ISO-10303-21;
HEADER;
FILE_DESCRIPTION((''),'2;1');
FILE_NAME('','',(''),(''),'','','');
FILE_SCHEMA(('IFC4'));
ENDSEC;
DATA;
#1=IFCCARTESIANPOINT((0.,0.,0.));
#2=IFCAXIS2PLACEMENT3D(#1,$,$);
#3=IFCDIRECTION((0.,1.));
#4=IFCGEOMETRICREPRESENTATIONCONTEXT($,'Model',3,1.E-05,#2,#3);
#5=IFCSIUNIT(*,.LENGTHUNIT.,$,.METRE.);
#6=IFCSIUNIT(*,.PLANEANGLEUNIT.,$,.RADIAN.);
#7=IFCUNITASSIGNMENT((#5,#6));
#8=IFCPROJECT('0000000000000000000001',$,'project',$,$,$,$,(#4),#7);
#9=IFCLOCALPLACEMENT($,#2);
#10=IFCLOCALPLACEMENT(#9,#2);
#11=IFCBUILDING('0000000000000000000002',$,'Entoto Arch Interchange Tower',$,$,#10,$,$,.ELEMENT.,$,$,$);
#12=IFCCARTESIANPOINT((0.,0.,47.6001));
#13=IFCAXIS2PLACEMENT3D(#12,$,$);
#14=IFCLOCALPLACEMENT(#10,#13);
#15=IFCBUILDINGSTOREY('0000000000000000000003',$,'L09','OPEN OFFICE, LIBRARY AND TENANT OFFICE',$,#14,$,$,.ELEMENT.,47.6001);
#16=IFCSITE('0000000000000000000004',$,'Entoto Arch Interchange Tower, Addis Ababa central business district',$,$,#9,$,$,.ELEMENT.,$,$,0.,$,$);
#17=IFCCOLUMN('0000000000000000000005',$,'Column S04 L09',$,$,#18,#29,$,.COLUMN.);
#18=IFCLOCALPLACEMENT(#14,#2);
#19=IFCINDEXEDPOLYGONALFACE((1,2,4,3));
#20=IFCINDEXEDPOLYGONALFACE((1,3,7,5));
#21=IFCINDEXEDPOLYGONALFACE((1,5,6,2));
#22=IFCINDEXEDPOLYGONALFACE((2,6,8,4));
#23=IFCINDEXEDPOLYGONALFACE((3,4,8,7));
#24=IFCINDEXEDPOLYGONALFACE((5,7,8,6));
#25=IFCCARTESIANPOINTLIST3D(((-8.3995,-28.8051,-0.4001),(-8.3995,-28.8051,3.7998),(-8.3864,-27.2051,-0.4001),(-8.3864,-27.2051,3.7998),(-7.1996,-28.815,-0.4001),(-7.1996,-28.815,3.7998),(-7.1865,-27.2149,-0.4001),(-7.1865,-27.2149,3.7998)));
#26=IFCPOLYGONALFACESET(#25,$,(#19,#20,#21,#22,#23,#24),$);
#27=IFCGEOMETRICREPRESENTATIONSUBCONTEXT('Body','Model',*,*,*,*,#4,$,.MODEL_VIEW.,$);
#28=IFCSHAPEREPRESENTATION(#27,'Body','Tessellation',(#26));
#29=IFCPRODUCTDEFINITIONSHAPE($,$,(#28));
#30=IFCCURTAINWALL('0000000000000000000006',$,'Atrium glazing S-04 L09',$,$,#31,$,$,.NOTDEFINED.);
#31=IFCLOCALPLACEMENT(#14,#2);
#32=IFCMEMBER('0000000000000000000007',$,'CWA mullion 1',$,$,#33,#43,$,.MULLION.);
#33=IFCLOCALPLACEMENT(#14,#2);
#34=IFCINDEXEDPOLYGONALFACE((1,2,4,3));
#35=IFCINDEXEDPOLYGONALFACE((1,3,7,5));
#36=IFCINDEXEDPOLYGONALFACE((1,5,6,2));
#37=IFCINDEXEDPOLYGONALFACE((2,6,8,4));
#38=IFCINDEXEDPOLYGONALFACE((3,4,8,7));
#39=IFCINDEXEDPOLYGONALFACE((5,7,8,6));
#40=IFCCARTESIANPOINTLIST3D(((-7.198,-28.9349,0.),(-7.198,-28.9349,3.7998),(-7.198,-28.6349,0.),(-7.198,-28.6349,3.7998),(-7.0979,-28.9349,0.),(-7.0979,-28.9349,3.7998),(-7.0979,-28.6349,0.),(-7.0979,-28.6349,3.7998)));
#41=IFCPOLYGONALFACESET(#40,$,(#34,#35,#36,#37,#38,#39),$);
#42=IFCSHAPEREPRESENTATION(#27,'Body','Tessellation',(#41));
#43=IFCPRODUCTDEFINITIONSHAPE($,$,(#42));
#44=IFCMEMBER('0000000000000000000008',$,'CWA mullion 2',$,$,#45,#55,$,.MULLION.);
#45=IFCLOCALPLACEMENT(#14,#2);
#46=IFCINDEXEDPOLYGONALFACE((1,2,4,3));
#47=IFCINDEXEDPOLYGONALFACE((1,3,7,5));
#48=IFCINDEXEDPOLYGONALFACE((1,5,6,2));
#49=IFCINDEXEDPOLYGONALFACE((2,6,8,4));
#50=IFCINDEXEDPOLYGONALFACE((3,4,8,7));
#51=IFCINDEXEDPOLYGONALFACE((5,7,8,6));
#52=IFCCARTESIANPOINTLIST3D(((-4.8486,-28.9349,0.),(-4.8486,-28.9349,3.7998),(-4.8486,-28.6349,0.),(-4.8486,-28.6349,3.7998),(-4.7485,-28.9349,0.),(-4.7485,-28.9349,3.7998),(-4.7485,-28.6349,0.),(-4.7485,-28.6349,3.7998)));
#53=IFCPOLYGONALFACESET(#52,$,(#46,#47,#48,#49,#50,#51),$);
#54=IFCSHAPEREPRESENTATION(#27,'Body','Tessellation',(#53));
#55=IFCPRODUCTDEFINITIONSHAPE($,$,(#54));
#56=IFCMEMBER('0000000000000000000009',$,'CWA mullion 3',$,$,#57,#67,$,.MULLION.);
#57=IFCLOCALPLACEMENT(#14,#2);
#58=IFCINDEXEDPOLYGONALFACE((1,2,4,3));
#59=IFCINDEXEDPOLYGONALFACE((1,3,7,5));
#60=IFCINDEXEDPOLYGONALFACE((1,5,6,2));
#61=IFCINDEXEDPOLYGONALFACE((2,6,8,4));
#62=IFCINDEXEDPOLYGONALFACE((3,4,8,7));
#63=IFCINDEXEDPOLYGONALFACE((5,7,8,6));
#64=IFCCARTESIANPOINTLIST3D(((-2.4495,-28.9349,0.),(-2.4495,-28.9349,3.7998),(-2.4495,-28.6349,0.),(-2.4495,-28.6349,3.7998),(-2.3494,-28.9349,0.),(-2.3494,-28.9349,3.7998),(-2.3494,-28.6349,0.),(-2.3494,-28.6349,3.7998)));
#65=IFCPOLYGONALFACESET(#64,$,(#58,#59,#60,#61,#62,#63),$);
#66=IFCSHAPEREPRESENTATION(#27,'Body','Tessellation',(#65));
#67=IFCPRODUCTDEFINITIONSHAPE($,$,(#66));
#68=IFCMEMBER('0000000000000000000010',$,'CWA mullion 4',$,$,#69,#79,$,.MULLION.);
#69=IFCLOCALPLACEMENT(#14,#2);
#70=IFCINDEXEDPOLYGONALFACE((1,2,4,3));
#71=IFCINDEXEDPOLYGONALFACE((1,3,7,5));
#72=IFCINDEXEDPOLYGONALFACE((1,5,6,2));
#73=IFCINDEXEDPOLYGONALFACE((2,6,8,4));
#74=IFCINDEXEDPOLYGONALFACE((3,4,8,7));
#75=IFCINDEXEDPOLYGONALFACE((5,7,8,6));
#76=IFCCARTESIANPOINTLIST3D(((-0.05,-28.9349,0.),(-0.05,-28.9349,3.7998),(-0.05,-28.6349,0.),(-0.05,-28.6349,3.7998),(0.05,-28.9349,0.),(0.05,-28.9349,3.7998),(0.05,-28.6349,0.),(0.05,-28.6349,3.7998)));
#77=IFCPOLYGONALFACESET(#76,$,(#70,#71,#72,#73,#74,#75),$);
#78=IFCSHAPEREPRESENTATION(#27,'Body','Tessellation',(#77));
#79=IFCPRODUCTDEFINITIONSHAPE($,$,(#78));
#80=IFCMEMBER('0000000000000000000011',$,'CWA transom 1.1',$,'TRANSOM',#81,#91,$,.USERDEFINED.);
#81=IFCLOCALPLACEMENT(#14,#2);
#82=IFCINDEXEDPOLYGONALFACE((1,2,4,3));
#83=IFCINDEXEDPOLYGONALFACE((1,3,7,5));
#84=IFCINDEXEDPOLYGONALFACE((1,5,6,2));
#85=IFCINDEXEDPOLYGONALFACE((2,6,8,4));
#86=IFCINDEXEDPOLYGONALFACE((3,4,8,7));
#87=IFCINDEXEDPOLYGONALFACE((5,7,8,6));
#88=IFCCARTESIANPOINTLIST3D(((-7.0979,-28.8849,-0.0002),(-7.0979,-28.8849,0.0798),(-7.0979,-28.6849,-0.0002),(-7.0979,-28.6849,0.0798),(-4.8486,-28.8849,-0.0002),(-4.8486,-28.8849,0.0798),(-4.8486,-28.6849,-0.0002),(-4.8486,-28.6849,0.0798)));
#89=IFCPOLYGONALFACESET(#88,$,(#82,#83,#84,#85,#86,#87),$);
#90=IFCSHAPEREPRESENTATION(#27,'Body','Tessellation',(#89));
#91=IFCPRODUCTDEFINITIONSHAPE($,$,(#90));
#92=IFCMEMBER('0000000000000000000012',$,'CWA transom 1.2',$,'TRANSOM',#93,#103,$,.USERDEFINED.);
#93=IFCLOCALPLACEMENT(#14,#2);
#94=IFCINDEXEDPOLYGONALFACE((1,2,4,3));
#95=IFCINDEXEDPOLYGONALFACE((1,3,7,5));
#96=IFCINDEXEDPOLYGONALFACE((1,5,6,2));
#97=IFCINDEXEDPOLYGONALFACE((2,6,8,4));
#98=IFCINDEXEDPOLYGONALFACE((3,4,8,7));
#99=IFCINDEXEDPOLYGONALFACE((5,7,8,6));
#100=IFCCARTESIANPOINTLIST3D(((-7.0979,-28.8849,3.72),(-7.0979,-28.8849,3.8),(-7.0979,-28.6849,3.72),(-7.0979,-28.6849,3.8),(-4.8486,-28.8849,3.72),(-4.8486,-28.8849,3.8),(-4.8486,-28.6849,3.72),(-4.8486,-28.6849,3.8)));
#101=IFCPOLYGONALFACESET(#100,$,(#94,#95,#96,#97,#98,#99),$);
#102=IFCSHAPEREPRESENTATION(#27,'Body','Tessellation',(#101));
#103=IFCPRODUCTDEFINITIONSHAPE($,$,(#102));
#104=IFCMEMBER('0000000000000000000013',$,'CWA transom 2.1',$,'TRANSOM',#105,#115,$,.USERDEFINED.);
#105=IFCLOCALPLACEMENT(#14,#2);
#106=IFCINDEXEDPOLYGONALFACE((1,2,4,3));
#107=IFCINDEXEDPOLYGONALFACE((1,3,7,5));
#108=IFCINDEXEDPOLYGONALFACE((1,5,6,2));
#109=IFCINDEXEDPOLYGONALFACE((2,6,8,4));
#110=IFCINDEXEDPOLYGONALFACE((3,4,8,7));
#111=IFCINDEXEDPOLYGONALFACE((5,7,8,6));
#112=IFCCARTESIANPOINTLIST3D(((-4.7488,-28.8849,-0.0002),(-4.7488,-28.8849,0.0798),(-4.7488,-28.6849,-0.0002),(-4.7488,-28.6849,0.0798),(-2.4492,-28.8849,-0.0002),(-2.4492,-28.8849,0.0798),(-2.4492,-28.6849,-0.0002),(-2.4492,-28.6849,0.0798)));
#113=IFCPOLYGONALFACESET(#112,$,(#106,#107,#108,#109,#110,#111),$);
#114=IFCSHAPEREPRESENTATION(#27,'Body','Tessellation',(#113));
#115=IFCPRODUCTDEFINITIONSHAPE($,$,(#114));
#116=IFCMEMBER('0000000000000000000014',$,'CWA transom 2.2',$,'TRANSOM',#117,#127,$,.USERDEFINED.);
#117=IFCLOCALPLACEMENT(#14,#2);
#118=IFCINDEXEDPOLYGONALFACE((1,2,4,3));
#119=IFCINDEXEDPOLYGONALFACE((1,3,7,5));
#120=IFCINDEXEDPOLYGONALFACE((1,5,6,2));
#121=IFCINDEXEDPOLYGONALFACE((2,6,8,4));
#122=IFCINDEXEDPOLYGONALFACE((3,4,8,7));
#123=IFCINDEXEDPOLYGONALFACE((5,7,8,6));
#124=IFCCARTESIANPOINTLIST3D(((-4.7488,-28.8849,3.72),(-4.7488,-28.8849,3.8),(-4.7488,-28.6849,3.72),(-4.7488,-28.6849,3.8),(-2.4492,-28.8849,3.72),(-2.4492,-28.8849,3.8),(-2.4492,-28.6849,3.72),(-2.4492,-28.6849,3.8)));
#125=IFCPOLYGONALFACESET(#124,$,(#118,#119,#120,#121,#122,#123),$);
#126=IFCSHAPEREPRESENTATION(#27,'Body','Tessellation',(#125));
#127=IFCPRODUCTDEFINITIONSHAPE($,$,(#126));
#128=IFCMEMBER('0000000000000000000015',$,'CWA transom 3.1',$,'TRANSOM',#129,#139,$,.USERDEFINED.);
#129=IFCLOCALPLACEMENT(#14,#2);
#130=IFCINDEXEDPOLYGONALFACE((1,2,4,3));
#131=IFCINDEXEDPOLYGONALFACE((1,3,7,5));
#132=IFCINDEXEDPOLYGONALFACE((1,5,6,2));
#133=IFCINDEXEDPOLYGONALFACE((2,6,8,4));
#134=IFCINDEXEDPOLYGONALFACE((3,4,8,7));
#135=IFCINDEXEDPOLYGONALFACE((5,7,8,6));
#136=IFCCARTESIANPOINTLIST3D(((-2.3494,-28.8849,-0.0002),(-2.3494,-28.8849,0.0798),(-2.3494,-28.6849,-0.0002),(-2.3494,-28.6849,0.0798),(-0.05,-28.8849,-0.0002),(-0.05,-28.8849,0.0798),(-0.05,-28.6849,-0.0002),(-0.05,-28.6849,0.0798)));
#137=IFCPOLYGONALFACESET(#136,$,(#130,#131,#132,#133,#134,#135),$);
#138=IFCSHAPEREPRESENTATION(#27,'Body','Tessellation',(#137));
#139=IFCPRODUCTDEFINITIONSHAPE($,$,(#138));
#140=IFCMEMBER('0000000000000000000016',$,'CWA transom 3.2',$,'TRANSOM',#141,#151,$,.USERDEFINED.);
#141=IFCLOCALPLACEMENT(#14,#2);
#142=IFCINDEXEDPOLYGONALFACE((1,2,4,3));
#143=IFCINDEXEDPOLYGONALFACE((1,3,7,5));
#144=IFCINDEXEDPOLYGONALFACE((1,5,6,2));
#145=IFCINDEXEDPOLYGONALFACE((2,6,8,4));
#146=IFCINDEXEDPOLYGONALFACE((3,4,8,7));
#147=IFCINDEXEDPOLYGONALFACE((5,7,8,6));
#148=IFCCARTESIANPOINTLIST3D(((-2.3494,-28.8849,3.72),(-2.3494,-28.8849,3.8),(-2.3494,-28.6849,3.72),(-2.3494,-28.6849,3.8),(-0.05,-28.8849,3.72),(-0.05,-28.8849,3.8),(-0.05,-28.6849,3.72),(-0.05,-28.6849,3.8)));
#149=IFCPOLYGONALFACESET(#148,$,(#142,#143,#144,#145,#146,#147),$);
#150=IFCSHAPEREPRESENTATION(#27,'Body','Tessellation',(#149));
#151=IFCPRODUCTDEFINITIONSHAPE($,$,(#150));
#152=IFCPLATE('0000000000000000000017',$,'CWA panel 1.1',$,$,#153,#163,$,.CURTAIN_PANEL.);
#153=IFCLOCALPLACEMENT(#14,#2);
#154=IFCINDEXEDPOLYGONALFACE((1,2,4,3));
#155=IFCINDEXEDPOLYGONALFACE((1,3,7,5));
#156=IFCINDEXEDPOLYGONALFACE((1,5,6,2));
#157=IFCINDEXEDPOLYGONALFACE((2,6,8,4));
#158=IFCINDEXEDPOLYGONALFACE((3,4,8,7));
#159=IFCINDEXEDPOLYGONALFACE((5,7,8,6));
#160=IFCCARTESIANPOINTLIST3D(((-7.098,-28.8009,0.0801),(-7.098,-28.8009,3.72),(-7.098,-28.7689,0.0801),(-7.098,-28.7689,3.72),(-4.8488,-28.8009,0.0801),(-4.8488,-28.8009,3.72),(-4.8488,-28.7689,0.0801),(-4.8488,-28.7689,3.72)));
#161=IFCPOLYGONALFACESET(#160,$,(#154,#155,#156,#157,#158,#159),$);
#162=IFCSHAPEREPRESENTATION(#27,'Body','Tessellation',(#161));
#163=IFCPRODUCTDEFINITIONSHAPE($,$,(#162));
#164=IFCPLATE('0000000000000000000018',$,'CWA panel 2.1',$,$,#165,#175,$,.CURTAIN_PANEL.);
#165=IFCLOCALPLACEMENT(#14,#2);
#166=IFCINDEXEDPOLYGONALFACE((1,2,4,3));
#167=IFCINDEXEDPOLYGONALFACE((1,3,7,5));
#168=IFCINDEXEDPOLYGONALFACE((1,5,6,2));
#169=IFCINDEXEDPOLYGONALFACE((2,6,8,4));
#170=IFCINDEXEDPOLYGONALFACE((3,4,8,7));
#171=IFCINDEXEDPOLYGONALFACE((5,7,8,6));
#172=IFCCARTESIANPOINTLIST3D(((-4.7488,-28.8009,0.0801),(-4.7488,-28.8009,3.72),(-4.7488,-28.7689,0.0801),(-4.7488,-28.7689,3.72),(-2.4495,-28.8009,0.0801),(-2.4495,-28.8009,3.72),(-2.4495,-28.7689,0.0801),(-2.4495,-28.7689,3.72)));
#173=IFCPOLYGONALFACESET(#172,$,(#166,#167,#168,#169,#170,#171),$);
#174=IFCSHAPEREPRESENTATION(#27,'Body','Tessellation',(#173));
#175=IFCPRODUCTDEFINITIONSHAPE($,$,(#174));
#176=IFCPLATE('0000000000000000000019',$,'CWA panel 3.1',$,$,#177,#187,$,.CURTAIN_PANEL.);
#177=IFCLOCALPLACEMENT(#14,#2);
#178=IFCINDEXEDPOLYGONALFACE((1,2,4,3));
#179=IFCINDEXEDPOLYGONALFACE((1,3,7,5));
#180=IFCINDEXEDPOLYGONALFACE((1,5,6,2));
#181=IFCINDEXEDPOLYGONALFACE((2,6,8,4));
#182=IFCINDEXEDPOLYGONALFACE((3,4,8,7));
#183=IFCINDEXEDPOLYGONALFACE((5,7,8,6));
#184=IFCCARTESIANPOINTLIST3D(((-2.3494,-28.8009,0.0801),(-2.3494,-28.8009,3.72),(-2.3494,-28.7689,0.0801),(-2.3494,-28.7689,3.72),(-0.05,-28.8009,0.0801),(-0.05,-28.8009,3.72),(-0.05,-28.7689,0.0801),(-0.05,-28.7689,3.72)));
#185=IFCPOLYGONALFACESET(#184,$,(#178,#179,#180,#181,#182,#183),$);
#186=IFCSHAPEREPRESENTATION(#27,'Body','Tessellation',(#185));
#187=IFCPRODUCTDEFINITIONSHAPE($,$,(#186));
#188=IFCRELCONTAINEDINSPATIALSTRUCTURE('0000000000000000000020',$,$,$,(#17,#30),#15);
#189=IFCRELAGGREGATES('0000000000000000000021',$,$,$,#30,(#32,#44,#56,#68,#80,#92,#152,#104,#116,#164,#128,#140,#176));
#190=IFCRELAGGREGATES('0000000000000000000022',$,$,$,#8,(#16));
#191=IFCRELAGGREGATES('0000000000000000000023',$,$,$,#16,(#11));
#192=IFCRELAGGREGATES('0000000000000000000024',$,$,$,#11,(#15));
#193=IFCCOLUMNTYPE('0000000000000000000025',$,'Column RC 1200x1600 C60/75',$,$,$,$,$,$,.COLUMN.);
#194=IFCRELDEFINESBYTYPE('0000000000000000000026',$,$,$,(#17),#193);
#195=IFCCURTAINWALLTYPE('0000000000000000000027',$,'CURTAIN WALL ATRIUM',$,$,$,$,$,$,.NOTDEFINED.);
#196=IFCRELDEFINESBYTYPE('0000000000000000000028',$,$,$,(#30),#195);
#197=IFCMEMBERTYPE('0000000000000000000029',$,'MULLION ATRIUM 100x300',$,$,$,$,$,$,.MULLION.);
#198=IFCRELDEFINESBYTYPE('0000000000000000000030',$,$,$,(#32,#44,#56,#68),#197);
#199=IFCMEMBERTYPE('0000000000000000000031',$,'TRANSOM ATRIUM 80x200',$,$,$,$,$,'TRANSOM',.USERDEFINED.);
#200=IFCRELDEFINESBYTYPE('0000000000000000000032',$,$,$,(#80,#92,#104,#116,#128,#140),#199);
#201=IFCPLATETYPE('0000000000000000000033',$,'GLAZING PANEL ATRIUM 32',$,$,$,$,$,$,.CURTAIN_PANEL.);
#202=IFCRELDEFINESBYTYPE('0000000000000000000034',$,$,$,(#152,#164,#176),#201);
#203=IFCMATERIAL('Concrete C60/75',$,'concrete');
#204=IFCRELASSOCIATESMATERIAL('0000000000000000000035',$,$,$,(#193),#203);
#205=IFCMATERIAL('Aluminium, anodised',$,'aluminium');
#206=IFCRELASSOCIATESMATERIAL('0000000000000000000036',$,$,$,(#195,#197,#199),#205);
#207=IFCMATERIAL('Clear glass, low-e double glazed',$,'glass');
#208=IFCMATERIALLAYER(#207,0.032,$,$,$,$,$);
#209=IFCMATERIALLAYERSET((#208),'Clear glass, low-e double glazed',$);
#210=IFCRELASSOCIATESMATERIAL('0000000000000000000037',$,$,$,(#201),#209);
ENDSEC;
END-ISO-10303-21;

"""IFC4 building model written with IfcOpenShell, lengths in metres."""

from ifc_helpers import new_model, si_unit, direction, frame, origin, origin_2d, place, context, subcontext, project, spatial, rectangle, extrude, material, layer, layer_set, material_profile, profile_set, type_object, element, aggregate, save


model = new_model("IFC4")

# Units and contexts
model_context = context("Model", 3, precision=1e-05, world=origin(), true_north=direction((0.0, 1.0)))
body_context = subcontext(model_context, "Body", "Model", "MODEL_VIEW")
ifc_project = project(units=[si_unit("LENGTHUNIT", "METRE"), si_unit("PLANEANGLEUNIT", "RADIAN")], contexts=[model_context])

# Site, building, storey
site_placement = place(None, origin())
site = spatial("IfcSite", under=ifc_project, at=site_placement, Name="Entoto Arch Interchange Tower, Addis Ababa central business district", CompositionType="ELEMENT", RefElevation=0.0)
building_placement = place(site_placement, origin())
building = spatial("IfcBuilding", under=site, at=building_placement, Name="Entoto Arch Interchange Tower", CompositionType="ELEMENT")
storey_placement = place(building_placement, frame((0.0, 0.0, 47.6001)))
storey = spatial("IfcBuildingStorey", under=building, at=storey_placement, Name="L09", Description="OPEN OFFICE, LIBRARY AND TENANT OFFICE", CompositionType="ELEMENT", Elevation=47.6001)

# Column
ifc_material_1 = material(Name="Concrete C60/75", Category="concrete")
ifc_material_profile_1 = material_profile(ifc_material_1, rectangle(XDim=1.2, YDim=1.6001, at=origin_2d()))
ifc_profile_set_1 = profile_set([ifc_material_profile_1], Name="Concrete C60/75")
column_type = type_object("IfcColumnType", Name="Column RC 1200x1600 C60/75", PredefinedType="COLUMN", material=ifc_profile_set_1)
column_placement = place(storey_placement, frame((-7.793, -28.01, -0.4001), z_axis=(0.0, 0.0, 1.0), x_axis=(-0.999966, 0.008203, 0.0)))
element("IfcColumn", 1, at=column_placement, inside=storey, type_object=column_type, Name="Column S04 L09", PredefinedType="COLUMN", context=body_context, shape_type="SweptSolid", body=[
    extrude(rectangle(XDim=1.2, YDim=1.6001, at=origin_2d()), origin(), (0.0, 0.0, 1.0), 4.2),
])

# Curtain wall, members, plates
ifc_material_2 = material(Name="Aluminium, anodised", Category="aluminium")
curtain_wall_type = type_object("IfcCurtainWallType", Name="CURTAIN WALL ATRIUM", PredefinedType="NOTDEFINED", material=ifc_material_2)
curtain_wall_placement = place(storey_placement, origin())
curtain_wall = element("IfcCurtainWall", 2, at=curtain_wall_placement, inside=storey, type_object=curtain_wall_type, Name="Atrium glazing S-04 L09", PredefinedType="NOTDEFINED")
ifc_material_profile_2 = material_profile(ifc_material_2, rectangle(XDim=0.3, YDim=0.1001, at=origin_2d()))
ifc_profile_set_2 = profile_set([ifc_material_profile_2], Name="Aluminium, anodised")
member_type_1 = type_object("IfcMemberType", Name="MULLION ATRIUM 100x300", PredefinedType="MULLION", material=ifc_profile_set_2)
member_1_placement = place(storey_placement, frame((-7.1479, -28.7849, 0.0), z_axis=(0.0, 0.0, 1.0), x_axis=(0.0, 1.0, 0.0)))
member_1 = element("IfcMember", 3, at=member_1_placement, type_object=member_type_1, Name="CWA mullion 1", PredefinedType="MULLION", context=body_context, shape_type="SweptSolid", body=[
    extrude(rectangle(XDim=0.3, YDim=0.1001, at=origin_2d()), origin(), (0.0, 0.0, 1.0), 3.7998),
])
member_2_placement = place(storey_placement, frame((-4.7986, -28.7849, 0.0), z_axis=(0.0, 0.0, 1.0), x_axis=(0.0, 1.0, 0.0)))
member_2 = element("IfcMember", 4, at=member_2_placement, type_object=member_type_1, Name="CWA mullion 2", PredefinedType="MULLION", context=body_context, shape_type="SweptSolid", body=[
    extrude(rectangle(XDim=0.3, YDim=0.1001, at=origin_2d()), origin(), (0.0, 0.0, 1.0), 3.7998),
])
member_3_placement = place(storey_placement, frame((-2.3994, -28.7849, 0.0), z_axis=(0.0, 0.0, 1.0), x_axis=(0.0, 1.0, 0.0)))
member_3 = element("IfcMember", 5, at=member_3_placement, type_object=member_type_1, Name="CWA mullion 3", PredefinedType="MULLION", context=body_context, shape_type="SweptSolid", body=[
    extrude(rectangle(XDim=0.3, YDim=0.1001, at=origin_2d()), origin(), (0.0, 0.0, 1.0), 3.7998),
])
member_4_placement = place(storey_placement, frame((0.0, -28.7849, 0.0), z_axis=(0.0, 0.0, 1.0), x_axis=(0.0, 1.0, 0.0)))
member_4 = element("IfcMember", 6, at=member_4_placement, type_object=member_type_1, Name="CWA mullion 4", PredefinedType="MULLION", context=body_context, shape_type="SweptSolid", body=[
    extrude(rectangle(XDim=0.3, YDim=0.1001, at=origin_2d()), origin(), (0.0, 0.0, 1.0), 3.7998),
])
ifc_material_profile_3 = material_profile(ifc_material_2, rectangle(XDim=0.2, YDim=0.0801, at=origin_2d()))
ifc_profile_set_3 = profile_set([ifc_material_profile_3], Name="Aluminium, anodised")
member_type_2 = type_object("IfcMemberType", Name="TRANSOM ATRIUM 80x200", ElementType="TRANSOM", PredefinedType="USERDEFINED", material=ifc_profile_set_3)
member_5_placement = place(storey_placement, frame((-7.0979, -28.7849, 0.0398), z_axis=(1.0, 0.0, 0.0), x_axis=(0.0, 1.0, 0.0)))
member_5 = element("IfcMember", 7, at=member_5_placement, type_object=member_type_2, Name="CWA transom 1.1", ObjectType="TRANSOM", PredefinedType="USERDEFINED", context=body_context, shape_type="SweptSolid", body=[
    extrude(rectangle(XDim=0.2, YDim=0.0801, at=origin_2d()), origin(), (0.0, 0.0, 1.0), 2.2493),
])
member_6_placement = place(storey_placement, frame((-7.0979, -28.7849, 3.76), z_axis=(1.0, 0.0, 0.0), x_axis=(0.0, 1.0, 0.0)))
member_6 = element("IfcMember", 8, at=member_6_placement, type_object=member_type_2, Name="CWA transom 1.2", ObjectType="TRANSOM", PredefinedType="USERDEFINED", context=body_context, shape_type="SweptSolid", body=[
    extrude(rectangle(XDim=0.2, YDim=0.0801, at=origin_2d()), origin(), (0.0, 0.0, 1.0), 2.2493),
])
member_7_placement = place(storey_placement, frame((-4.7488, -28.7849, 0.0398), z_axis=(1.0, 0.0, 0.0), x_axis=(0.0, 1.0, 0.0)))
member_7 = element("IfcMember", 9, at=member_7_placement, type_object=member_type_2, Name="CWA transom 2.1", ObjectType="TRANSOM", PredefinedType="USERDEFINED", context=body_context, shape_type="SweptSolid", body=[
    extrude(rectangle(XDim=0.2, YDim=0.0801, at=origin_2d()), origin(), (0.0, 0.0, 1.0), 2.2996),
])
member_8_placement = place(storey_placement, frame((-4.7488, -28.7849, 3.76), z_axis=(1.0, 0.0, 0.0), x_axis=(0.0, 1.0, 0.0)))
member_8 = element("IfcMember", 10, at=member_8_placement, type_object=member_type_2, Name="CWA transom 2.2", ObjectType="TRANSOM", PredefinedType="USERDEFINED", context=body_context, shape_type="SweptSolid", body=[
    extrude(rectangle(XDim=0.2, YDim=0.0801, at=origin_2d()), origin(), (0.0, 0.0, 1.0), 2.2996),
])
member_9_placement = place(storey_placement, frame((-2.3494, -28.7849, 0.0398), z_axis=(1.0, 0.0, 0.0), x_axis=(0.0, 1.0, 0.0)))
member_9 = element("IfcMember", 11, at=member_9_placement, type_object=member_type_2, Name="CWA transom 3.1", ObjectType="TRANSOM", PredefinedType="USERDEFINED", context=body_context, shape_type="SweptSolid", body=[
    extrude(rectangle(XDim=0.2, YDim=0.0801, at=origin_2d()), origin(), (0.0, 0.0, 1.0), 2.2993),
])
member_10_placement = place(storey_placement, frame((-2.3494, -28.7849, 3.76), z_axis=(1.0, 0.0, 0.0), x_axis=(0.0, 1.0, 0.0)))
member_10 = element("IfcMember", 12, at=member_10_placement, type_object=member_type_2, Name="CWA transom 3.2", ObjectType="TRANSOM", PredefinedType="USERDEFINED", context=body_context, shape_type="SweptSolid", body=[
    extrude(rectangle(XDim=0.2, YDim=0.0801, at=origin_2d()), origin(), (0.0, 0.0, 1.0), 2.2993),
])
ifc_material_3 = material(Name="Clear glass, low-e double glazed", Category="glass")
ifc_layer_1 = layer(ifc_material_3, 0.032)
ifc_layer_set_1 = layer_set([ifc_layer_1], Name="Clear glass, low-e double glazed")
plate_type = type_object("IfcPlateType", Name="GLAZING PANEL ATRIUM 32", PredefinedType="CURTAIN_PANEL", material=ifc_layer_set_1)
plate_1_placement = place(storey_placement, frame((-5.9734, -28.7849, 0.0801), z_axis=(0.0, 0.0, 1.0), x_axis=(1.0, 0.0, 0.0)))
plate_1 = element("IfcPlate", 13, at=plate_1_placement, type_object=plate_type, Name="CWA panel 1.1", PredefinedType="CURTAIN_PANEL", context=body_context, shape_type="SweptSolid", body=[
    extrude(rectangle(XDim=2.2493, YDim=0.032, at=origin_2d()), origin(), (0.0, 0.0, 1.0), 3.6399),
])
plate_2_placement = place(storey_placement, frame((-3.5991, -28.7849, 0.0801), z_axis=(0.0, 0.0, 1.0), x_axis=(1.0, 0.0, 0.0)))
plate_2 = element("IfcPlate", 14, at=plate_2_placement, type_object=plate_type, Name="CWA panel 2.1", PredefinedType="CURTAIN_PANEL", context=body_context, shape_type="SweptSolid", body=[
    extrude(rectangle(XDim=2.2993, YDim=0.032, at=origin_2d()), origin(), (0.0, 0.0, 1.0), 3.6399),
])
plate_3_placement = place(storey_placement, frame((-1.1997, -28.7849, 0.0801), z_axis=(0.0, 0.0, 1.0), x_axis=(1.0, 0.0, 0.0)))
plate_3 = element("IfcPlate", 15, at=plate_3_placement, type_object=plate_type, Name="CWA panel 3.1", PredefinedType="CURTAIN_PANEL", context=body_context, shape_type="SweptSolid", body=[
    extrude(rectangle(XDim=2.2993, YDim=0.032, at=origin_2d()), origin(), (0.0, 0.0, 1.0), 3.6399),
])
aggregate(curtain_wall, [member_1, member_2, member_3, member_4, member_5, member_6, plate_1, member_7, member_8, plate_2, member_9, member_10, plate_3])

save(model, "model.ifc")
